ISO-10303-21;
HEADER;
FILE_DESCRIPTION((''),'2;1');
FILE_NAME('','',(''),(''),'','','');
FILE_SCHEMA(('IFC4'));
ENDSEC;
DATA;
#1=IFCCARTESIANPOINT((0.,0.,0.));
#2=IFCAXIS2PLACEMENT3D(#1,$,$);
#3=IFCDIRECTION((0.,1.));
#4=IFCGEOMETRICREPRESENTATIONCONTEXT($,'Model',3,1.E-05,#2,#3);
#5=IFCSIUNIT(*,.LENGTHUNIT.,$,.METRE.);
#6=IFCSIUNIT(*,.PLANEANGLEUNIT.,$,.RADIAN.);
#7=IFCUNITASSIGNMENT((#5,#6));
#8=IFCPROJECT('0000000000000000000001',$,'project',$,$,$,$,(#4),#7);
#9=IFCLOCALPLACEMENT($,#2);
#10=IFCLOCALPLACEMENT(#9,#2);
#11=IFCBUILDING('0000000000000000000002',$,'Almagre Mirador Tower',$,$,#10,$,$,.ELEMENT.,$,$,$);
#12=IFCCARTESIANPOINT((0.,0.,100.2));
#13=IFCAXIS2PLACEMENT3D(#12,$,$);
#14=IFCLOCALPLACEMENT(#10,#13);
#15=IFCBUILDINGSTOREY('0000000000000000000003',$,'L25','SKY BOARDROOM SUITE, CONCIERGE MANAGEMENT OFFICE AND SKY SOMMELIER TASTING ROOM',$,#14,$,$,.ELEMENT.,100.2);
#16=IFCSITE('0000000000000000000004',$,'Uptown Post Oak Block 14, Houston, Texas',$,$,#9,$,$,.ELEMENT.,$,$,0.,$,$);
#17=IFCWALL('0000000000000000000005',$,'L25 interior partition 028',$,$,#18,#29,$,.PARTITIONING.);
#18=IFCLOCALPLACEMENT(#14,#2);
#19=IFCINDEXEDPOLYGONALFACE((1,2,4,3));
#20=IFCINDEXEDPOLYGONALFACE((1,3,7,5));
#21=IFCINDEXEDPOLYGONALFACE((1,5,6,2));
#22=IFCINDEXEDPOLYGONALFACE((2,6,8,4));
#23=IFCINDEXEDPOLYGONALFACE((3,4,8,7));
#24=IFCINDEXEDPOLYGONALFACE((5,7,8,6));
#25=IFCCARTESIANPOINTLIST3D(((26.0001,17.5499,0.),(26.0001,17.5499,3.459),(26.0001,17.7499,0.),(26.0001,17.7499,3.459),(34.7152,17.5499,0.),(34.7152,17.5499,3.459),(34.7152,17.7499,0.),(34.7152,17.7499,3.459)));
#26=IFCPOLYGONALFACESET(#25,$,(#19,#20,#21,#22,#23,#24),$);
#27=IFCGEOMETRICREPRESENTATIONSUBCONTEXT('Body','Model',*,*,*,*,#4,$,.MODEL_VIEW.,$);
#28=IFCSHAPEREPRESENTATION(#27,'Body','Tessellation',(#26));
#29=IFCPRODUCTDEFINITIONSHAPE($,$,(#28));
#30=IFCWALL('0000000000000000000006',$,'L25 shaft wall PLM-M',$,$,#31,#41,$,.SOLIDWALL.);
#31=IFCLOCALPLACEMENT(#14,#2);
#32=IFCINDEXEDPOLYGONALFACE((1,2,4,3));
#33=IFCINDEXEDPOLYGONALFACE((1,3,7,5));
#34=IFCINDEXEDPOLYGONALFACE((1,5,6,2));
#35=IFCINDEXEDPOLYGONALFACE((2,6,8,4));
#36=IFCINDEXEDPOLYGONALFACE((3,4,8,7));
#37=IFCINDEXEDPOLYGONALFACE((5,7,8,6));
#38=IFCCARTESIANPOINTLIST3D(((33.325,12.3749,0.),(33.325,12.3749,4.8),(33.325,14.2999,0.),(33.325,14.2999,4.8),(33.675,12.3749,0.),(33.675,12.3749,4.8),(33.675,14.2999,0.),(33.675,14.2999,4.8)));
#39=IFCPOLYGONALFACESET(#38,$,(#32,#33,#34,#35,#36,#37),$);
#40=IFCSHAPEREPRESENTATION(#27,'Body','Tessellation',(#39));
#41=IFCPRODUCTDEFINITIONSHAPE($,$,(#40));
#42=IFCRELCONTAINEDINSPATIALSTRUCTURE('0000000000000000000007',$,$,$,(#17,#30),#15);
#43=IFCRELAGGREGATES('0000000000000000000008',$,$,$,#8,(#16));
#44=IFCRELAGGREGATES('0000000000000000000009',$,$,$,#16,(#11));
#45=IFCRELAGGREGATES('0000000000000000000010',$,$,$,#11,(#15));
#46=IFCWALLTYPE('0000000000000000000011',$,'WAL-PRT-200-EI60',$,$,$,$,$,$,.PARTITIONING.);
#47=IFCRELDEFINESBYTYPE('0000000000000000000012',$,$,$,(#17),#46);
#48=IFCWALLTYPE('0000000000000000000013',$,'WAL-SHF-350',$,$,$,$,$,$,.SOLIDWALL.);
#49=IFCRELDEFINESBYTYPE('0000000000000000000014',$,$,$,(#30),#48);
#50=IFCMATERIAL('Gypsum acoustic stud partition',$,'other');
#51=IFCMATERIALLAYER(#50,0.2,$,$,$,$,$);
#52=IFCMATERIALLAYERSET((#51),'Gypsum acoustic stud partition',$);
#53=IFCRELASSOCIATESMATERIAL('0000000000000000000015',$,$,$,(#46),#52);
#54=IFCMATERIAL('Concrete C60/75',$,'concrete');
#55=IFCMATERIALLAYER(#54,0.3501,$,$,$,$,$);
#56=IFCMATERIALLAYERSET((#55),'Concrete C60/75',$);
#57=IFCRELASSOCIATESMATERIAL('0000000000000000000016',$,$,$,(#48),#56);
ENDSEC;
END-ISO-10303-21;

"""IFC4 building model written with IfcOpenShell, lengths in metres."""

from ifc_helpers import new_model, si_unit, direction, frame, frame_2d, origin, place, context, subcontext, project, spatial, rectangle, extrude, material, layer, layer_set, type_object, element, save


model = new_model("IFC4")

# Units and contexts
model_context = context("Model", 3, precision=1e-05, world=origin(), true_north=direction((0.0, 1.0)))
body_context = subcontext(model_context, "Body", "Model", "MODEL_VIEW")
ifc_project = project(units=[si_unit("LENGTHUNIT", "METRE"), si_unit("PLANEANGLEUNIT", "RADIAN")], contexts=[model_context])

# Site, building, storey
site_placement = place(None, origin())
site = spatial("IfcSite", under=ifc_project, at=site_placement, Name="Uptown Post Oak Block 14, Houston, Texas", CompositionType="ELEMENT", RefElevation=0.0)
building_placement = place(site_placement, origin())
building = spatial("IfcBuilding", under=site, at=building_placement, Name="Almagre Mirador Tower", CompositionType="ELEMENT")
storey_placement = place(building_placement, frame((0.0, 0.0, 100.2)))
storey = spatial("IfcBuildingStorey", under=building, at=storey_placement, Name="L25", Description="SKY BOARDROOM SUITE, CONCIERGE MANAGEMENT OFFICE AND SKY SOMMELIER TASTING ROOM", CompositionType="ELEMENT", Elevation=100.2)

# Shared definitions
ifc_material_1 = material(Name="Gypsum acoustic stud partition", Category="other")
ifc_layer_1 = layer(ifc_material_1, 0.2)
ifc_layer_set_1 = layer_set([ifc_layer_1], Name="Gypsum acoustic stud partition")
wall_type_1 = type_object("IfcWallType", Name="WAL-PRT-200-EI60", PredefinedType="PARTITIONING", material=ifc_layer_set_1)

# Walls
wall_1_placement = place(storey_placement, frame((34.7151, 17.6499, 0.0), z_axis=(0.0, 0.0, 1.0), x_axis=(-1.0, 0.0, 0.0)))
element("IfcWall", 1, at=wall_1_placement, inside=storey, type_object=wall_type_1, Name="L25 interior partition 028", PredefinedType="PARTITIONING", context=body_context, shape_type="SweptSolid", body=[
    extrude(rectangle(XDim=8.7151, YDim=0.2, at=frame_2d((4.3574, 0.0))), origin(), (0.0, 0.0, 1.0), 3.459),
])
ifc_material_2 = material(Name="Concrete C60/75", Category="concrete")
ifc_layer_2 = layer(ifc_material_2, 0.3501)
ifc_layer_set_2 = layer_set([ifc_layer_2], Name="Concrete C60/75")
wall_type_2 = type_object("IfcWallType", Name="WAL-SHF-350", PredefinedType="SOLIDWALL", material=ifc_layer_set_2)
wall_2_placement = place(storey_placement, frame((33.5, 12.375, 0.0), z_axis=(0.0, 0.0, 1.0), x_axis=(0.0, 1.0, 0.0)))
element("IfcWall", 2, at=wall_2_placement, inside=storey, type_object=wall_type_2, Name="L25 shaft wall PLM-M", PredefinedType="SOLIDWALL", context=body_context, shape_type="SweptSolid", body=[
    extrude(rectangle(XDim=1.925, YDim=0.3501, at=frame_2d((0.9624, 0.0))), origin(), (0.0, 0.0, 1.0), 4.8),
])

save(model, "model.ifc")
